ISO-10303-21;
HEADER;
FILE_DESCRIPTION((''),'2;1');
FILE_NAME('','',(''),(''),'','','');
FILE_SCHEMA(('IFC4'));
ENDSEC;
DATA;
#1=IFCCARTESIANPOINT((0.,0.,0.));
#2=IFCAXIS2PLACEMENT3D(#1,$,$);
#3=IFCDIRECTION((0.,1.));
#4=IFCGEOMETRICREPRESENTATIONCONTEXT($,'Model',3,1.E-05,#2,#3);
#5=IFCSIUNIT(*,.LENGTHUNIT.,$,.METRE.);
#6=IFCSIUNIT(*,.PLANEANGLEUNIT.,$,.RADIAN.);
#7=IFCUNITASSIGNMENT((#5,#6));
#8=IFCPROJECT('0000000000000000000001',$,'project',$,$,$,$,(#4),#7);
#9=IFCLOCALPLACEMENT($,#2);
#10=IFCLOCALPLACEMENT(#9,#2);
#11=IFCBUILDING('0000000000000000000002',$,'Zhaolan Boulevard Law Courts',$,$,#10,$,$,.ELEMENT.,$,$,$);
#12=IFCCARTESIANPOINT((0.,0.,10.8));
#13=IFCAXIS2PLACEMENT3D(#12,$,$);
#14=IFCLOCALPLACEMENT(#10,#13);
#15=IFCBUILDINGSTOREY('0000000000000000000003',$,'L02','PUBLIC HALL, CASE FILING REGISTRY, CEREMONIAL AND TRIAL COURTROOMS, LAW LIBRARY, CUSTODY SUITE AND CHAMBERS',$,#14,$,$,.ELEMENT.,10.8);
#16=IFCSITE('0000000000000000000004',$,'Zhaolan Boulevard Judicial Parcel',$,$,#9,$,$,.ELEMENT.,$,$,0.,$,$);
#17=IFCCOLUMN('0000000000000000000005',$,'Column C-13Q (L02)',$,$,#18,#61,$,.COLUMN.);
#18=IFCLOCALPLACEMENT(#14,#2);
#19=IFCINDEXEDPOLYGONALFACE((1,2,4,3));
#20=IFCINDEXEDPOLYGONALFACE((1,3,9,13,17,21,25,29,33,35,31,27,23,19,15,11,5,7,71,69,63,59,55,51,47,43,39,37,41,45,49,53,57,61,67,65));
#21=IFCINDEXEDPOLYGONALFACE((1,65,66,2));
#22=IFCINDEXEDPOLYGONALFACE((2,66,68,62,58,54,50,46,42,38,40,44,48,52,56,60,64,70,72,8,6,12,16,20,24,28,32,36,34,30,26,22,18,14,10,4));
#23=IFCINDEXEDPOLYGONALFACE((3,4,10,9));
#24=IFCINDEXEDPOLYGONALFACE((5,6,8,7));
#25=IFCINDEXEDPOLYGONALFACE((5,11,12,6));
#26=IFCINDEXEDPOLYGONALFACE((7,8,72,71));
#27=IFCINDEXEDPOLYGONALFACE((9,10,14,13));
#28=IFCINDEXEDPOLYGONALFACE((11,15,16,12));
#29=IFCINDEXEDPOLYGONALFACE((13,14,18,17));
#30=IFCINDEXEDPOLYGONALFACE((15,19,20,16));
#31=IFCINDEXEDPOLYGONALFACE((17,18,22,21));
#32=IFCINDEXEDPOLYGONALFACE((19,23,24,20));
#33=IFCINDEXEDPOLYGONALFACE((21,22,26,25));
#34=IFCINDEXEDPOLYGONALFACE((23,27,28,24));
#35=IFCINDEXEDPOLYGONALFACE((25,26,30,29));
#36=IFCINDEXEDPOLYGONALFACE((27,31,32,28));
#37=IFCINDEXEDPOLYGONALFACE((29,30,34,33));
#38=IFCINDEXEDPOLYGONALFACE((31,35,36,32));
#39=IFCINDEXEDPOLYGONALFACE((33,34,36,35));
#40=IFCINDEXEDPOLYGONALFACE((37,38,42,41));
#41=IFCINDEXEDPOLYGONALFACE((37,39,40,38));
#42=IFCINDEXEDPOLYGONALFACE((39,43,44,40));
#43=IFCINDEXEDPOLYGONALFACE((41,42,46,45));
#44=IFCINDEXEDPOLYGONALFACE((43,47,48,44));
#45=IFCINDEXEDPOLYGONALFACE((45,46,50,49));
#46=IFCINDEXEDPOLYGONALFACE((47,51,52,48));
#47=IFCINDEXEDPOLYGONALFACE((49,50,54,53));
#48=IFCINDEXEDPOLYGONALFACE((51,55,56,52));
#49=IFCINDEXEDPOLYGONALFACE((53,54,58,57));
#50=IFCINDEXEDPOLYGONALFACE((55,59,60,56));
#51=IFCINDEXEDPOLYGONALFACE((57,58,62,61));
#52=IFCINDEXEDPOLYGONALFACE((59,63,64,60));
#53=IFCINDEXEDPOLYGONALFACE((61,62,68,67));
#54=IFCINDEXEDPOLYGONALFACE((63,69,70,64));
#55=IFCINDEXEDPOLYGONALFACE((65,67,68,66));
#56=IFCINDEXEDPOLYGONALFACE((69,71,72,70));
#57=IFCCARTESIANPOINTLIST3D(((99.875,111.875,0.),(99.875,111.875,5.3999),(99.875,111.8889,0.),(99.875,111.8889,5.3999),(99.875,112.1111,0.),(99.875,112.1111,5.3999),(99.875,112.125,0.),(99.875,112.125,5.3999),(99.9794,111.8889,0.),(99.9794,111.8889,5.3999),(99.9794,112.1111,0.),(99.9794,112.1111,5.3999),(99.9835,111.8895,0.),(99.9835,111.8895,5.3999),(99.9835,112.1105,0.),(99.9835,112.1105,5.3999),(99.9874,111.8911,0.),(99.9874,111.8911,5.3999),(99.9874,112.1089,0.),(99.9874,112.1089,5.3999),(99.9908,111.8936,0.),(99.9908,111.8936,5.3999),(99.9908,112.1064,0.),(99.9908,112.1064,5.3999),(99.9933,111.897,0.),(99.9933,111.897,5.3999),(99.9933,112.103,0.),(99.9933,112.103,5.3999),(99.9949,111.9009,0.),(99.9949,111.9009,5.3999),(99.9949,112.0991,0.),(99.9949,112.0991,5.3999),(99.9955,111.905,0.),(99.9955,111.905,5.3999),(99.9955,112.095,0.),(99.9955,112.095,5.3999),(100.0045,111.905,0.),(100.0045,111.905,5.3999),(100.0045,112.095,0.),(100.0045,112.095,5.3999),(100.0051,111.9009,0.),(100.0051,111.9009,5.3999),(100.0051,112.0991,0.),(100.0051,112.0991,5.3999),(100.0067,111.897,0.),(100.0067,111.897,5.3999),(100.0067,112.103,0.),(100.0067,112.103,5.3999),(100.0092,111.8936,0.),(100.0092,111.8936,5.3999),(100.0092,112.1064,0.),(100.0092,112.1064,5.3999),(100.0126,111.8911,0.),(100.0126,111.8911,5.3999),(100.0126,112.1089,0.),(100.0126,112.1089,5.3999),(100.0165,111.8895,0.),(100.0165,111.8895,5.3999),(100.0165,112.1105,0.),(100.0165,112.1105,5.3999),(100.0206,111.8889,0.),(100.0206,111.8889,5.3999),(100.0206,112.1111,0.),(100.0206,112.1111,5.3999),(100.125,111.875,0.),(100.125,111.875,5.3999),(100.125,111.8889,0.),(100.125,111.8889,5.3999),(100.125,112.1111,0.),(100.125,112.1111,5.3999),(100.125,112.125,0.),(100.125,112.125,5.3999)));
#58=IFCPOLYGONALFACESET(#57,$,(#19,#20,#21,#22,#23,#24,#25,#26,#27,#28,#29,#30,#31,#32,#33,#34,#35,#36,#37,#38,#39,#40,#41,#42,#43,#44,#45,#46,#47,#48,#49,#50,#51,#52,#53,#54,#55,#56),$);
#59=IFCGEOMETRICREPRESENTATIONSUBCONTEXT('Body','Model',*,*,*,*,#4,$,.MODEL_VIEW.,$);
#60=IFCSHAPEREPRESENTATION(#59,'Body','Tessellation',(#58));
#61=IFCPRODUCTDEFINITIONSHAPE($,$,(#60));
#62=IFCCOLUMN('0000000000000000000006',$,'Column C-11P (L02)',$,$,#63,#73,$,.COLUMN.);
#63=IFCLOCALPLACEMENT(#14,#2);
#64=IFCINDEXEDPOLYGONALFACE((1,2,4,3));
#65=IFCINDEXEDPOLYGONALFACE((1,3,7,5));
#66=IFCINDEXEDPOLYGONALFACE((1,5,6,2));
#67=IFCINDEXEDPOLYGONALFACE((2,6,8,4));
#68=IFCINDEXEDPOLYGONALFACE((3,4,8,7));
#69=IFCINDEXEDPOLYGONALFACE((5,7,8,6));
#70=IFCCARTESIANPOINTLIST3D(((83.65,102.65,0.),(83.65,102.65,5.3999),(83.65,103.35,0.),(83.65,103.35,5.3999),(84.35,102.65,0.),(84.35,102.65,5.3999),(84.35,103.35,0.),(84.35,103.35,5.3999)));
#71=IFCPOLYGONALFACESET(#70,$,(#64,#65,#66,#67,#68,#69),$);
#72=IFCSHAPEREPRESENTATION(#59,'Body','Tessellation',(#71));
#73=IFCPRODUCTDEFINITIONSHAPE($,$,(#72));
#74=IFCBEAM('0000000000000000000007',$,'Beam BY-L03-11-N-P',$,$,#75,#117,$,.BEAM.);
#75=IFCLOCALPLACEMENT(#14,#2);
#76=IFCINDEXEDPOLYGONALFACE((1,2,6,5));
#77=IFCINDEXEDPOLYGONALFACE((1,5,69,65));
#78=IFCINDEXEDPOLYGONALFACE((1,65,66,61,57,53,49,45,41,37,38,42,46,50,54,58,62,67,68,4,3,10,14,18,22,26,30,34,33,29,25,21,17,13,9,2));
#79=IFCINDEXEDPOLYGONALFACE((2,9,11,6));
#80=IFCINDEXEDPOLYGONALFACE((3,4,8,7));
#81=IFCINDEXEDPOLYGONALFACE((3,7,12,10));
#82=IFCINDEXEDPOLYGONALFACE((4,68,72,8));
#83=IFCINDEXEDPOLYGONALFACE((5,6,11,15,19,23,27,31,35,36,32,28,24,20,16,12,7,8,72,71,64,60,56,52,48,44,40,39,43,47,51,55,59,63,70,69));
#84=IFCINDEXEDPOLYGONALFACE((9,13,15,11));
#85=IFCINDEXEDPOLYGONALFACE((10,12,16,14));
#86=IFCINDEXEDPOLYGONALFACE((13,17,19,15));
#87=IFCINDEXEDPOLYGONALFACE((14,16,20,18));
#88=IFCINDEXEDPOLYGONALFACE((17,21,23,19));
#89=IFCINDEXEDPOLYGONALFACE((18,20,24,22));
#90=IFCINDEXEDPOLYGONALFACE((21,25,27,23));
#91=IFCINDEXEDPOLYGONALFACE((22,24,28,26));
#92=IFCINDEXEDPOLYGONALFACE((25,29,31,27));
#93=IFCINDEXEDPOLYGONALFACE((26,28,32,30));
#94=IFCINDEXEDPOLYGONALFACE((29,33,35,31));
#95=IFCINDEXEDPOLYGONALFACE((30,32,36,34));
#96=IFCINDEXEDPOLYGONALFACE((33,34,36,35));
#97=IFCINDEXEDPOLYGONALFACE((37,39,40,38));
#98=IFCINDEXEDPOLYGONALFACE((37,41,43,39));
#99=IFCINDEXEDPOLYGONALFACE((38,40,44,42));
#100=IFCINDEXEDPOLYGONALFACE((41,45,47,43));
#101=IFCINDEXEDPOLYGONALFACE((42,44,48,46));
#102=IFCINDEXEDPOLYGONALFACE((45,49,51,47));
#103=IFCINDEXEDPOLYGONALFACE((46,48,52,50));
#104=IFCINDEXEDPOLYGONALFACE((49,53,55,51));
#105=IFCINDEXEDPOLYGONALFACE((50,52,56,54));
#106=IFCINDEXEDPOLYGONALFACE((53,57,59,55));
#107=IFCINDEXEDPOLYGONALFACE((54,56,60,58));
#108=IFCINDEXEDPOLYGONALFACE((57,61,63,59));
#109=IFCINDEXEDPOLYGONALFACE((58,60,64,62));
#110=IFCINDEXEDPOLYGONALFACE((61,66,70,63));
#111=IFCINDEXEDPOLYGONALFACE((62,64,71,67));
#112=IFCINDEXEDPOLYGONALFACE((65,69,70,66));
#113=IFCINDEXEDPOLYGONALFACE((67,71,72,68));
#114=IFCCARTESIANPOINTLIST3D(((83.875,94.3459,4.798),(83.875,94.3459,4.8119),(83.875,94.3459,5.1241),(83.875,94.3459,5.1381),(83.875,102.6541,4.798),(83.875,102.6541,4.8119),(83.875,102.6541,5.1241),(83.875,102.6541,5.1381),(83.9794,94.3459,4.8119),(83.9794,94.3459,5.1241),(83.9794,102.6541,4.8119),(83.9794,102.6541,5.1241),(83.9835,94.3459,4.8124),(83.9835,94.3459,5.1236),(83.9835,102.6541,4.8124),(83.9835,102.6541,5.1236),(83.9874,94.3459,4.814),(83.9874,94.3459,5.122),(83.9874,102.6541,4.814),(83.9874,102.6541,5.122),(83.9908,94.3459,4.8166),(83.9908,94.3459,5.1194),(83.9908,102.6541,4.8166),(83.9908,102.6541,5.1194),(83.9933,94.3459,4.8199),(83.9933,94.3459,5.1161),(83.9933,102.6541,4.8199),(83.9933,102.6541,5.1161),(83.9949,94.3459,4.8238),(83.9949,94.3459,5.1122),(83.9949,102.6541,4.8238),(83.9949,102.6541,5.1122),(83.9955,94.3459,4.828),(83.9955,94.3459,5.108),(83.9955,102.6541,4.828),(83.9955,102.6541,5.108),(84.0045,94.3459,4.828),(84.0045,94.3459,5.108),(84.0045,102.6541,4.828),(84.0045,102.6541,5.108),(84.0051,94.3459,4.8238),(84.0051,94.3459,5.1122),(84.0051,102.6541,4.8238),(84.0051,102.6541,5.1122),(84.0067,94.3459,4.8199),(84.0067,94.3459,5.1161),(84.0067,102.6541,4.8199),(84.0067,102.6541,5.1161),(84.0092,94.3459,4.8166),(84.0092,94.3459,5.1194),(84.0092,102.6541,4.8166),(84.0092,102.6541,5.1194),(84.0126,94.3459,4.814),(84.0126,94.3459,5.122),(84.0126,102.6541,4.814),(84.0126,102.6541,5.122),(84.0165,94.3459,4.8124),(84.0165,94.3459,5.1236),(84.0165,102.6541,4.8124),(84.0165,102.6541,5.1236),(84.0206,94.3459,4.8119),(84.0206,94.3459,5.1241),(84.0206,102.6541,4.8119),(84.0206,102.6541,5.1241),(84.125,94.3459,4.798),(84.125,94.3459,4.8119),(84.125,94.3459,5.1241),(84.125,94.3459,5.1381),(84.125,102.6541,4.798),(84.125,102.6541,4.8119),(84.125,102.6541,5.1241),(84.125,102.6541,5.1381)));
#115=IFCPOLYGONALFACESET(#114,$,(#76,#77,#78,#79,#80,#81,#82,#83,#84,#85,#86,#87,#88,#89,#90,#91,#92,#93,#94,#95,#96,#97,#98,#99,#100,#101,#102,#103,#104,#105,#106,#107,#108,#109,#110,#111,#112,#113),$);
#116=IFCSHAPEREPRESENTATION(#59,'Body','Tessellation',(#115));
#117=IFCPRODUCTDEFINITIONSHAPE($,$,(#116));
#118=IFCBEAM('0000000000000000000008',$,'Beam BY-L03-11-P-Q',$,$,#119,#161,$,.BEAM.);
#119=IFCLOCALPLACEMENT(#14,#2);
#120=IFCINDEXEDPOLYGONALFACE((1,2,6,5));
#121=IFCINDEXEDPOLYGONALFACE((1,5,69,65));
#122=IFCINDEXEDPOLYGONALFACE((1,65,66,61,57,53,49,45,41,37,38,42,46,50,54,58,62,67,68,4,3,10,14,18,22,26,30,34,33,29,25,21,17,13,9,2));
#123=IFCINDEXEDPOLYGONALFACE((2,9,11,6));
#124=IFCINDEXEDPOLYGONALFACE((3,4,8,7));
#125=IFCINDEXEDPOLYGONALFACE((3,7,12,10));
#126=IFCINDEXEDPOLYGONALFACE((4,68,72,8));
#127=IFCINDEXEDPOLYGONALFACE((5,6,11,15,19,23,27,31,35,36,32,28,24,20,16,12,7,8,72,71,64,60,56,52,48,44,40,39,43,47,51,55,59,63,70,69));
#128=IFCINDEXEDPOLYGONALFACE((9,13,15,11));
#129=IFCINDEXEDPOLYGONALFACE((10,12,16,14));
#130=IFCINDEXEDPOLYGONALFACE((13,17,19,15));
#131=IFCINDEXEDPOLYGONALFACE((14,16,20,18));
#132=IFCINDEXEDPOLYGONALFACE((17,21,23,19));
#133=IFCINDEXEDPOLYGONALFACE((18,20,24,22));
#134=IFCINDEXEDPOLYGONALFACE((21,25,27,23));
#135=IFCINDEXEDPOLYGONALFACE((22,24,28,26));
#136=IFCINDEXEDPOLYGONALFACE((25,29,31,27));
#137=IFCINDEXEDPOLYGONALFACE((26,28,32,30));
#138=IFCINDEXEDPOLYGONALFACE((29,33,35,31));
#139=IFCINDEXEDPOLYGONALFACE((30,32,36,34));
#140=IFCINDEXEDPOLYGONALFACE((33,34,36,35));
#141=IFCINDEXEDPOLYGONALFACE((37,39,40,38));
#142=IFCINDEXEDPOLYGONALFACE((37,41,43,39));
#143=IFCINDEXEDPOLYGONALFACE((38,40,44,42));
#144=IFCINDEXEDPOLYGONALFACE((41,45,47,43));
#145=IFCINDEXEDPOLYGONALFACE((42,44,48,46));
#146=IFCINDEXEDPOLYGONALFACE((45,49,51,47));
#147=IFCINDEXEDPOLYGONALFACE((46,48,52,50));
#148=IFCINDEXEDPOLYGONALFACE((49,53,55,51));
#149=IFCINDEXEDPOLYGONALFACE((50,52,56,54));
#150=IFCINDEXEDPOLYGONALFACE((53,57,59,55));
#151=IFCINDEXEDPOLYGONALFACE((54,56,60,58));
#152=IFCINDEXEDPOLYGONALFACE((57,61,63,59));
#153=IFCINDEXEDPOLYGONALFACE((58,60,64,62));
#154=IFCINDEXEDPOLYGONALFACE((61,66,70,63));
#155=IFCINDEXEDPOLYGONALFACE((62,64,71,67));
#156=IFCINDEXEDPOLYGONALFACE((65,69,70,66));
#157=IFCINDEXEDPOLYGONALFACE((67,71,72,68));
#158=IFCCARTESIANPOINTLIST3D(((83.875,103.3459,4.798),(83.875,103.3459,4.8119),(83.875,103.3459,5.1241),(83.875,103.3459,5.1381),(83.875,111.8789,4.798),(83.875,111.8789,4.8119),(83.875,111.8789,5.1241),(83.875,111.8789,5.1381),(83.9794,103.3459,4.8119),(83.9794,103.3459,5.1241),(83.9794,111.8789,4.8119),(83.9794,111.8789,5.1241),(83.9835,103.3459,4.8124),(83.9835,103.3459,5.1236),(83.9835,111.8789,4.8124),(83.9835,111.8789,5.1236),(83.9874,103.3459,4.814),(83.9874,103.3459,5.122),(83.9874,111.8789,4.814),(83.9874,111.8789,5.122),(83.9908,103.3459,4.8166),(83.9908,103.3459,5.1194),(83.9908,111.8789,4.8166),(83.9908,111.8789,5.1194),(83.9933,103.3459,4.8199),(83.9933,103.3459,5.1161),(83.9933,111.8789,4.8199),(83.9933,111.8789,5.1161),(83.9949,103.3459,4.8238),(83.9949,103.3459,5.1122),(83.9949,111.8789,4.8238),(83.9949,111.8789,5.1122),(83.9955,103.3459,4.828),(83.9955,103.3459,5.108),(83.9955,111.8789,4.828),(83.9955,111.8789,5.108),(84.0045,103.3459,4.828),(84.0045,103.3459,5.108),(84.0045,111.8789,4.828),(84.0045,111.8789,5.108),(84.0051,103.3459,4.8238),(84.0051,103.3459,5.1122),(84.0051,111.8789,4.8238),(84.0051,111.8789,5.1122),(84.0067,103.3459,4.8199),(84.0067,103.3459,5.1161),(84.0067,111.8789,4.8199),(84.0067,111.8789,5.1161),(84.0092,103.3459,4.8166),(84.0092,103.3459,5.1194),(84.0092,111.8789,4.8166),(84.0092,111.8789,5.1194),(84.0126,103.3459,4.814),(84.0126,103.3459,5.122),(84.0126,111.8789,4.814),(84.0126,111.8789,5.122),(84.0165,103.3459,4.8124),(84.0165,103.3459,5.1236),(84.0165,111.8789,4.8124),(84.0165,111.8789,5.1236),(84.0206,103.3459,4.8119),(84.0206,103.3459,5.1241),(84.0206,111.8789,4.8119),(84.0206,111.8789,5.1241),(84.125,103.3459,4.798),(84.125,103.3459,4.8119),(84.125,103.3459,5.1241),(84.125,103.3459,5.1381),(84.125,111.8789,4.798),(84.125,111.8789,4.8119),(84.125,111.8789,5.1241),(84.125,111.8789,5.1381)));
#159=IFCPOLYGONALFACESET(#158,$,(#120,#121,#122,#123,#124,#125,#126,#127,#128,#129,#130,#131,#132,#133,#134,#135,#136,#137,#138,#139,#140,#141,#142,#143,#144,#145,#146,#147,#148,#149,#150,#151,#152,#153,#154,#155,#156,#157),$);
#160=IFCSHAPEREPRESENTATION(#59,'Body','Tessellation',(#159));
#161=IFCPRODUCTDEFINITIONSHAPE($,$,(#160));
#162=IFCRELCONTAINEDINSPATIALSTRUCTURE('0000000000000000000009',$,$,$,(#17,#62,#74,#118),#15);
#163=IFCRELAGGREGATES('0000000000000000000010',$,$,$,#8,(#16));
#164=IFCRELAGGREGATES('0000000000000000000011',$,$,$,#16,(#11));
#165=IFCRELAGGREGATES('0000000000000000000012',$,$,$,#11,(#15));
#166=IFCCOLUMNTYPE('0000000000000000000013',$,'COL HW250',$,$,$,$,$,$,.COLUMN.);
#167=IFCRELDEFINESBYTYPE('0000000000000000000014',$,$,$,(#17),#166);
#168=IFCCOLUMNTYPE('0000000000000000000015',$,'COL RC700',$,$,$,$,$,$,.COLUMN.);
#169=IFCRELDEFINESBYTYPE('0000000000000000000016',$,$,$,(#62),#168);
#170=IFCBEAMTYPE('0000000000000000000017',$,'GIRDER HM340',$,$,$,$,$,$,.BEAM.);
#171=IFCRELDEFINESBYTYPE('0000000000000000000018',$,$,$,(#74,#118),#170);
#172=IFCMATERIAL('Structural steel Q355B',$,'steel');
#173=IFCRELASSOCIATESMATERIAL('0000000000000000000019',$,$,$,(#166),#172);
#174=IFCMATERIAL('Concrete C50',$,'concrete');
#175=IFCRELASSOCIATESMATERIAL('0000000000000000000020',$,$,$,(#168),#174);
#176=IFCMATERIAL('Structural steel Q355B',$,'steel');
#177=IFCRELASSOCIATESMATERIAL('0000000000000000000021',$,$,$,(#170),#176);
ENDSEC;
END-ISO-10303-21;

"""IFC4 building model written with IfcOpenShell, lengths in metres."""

from ifc_helpers import new_model, si_unit, direction, frame, origin, origin_2d, place, context, subcontext, project, spatial, rectangle, i_section, extrude, material, material_profile, profile_set, type_object, element, save


model = new_model("IFC4")

# Units and contexts
model_context = context("Model", 3, precision=1e-05, world=origin(), true_north=direction((0.0, 1.0)))
body_context = subcontext(model_context, "Body", "Model", "MODEL_VIEW")
ifc_project = project(units=[si_unit("LENGTHUNIT", "METRE"), si_unit("PLANEANGLEUNIT", "RADIAN")], contexts=[model_context])

# Site, building, storey
site_placement = place(None, origin())
site = spatial("IfcSite", under=ifc_project, at=site_placement, Name="Zhaolan Boulevard Judicial Parcel", CompositionType="ELEMENT", RefElevation=0.0)
building_placement = place(site_placement, origin())
building = spatial("IfcBuilding", under=site, at=building_placement, Name="Zhaolan Boulevard Law Courts", CompositionType="ELEMENT")
storey_placement = place(building_placement, frame((0.0, 0.0, 10.8)))
storey = spatial("IfcBuildingStorey", under=building, at=storey_placement, Name="L02", Description="PUBLIC HALL, CASE FILING REGISTRY, CEREMONIAL AND TRIAL COURTROOMS, LAW LIBRARY, CUSTODY SUITE AND CHAMBERS", CompositionType="ELEMENT", Elevation=10.8)

# Columns
ifc_material_1 = material(Name="Structural steel Q355B", Category="steel")
ifc_material_profile_1 = material_profile(ifc_material_1, i_section(OverallWidth=0.25, OverallDepth=0.25, WebThickness=0.009, FlangeThickness=0.0139, FilletRadius=0.0161, at=origin_2d()), Name="HW250x250")
ifc_profile_set_1 = profile_set([ifc_material_profile_1], Name="Structural steel Q355B")
column_type_1 = type_object("IfcColumnType", Name="COL HW250", PredefinedType="COLUMN", material=ifc_profile_set_1)
for number, where, z_axis, x_axis, name in (
    (1, (100.0, 112.0, 0.0), (0.0, 0.0, 1.0), (1.0, 0.0, 0.0), "Column C-13Q (L02)"),
):
    element("IfcColumn", number, at=place(storey_placement, frame(where, z_axis=z_axis, x_axis=x_axis)), inside=storey, type_object=column_type_1, Name=name, PredefinedType="COLUMN", context=body_context, shape_type="SweptSolid", body=[
        extrude(i_section(OverallWidth=0.25, OverallDepth=0.25, WebThickness=0.009, FlangeThickness=0.0139, FilletRadius=0.0161, at=origin_2d()), origin(), (0.0, 0.0, 1.0), 5.3999),
    ])
ifc_material_2 = material(Name="Concrete C50", Category="concrete")
ifc_material_profile_2 = material_profile(ifc_material_2, rectangle(XDim=0.7, YDim=0.7, at=origin_2d()), Name="RC700x700")
ifc_profile_set_2 = profile_set([ifc_material_profile_2], Name="Concrete C50")
column_type_2 = type_object("IfcColumnType", Name="COL RC700", PredefinedType="COLUMN", material=ifc_profile_set_2)
column_placement = place(storey_placement, frame((84.0, 103.0, 0.0), z_axis=(0.0, 0.0, 1.0), x_axis=(1.0, 0.0, 0.0)))
element("IfcColumn", 2, at=column_placement, inside=storey, type_object=column_type_2, Name="Column C-11P (L02)", PredefinedType="COLUMN", context=body_context, shape_type="SweptSolid", body=[
    extrude(rectangle(XDim=0.7, YDim=0.7, at=origin_2d()), origin(), (0.0, 0.0, 1.0), 5.3999),
])

# Beams
ifc_material_3 = material(Name="Structural steel Q355B", Category="steel")
ifc_material_profile_3 = material_profile(ifc_material_3, i_section(OverallWidth=0.25, OverallDepth=0.3401, WebThickness=0.009, FlangeThickness=0.0139, FilletRadius=0.0161, at=origin_2d()), Name="HM340x250")
ifc_profile_set_3 = profile_set([ifc_material_profile_3], Name="Structural steel Q355B")
beam_type_1 = type_object("IfcBeamType", Name="GIRDER HM340", PredefinedType="BEAM", material=ifc_profile_set_3)
beam_1_placement = place(storey_placement, frame((84.0, 94.3459, 4.968), z_axis=(0.0, 1.0, 0.0), x_axis=(-1.0, 0.0, 0.0)))
element("IfcBeam", 3, at=beam_1_placement, inside=storey, type_object=beam_type_1, Name="Beam BY-L03-11-N-P", PredefinedType="BEAM", context=body_context, shape_type="SweptSolid", body=[
    extrude(i_section(OverallWidth=0.25, OverallDepth=0.3401, WebThickness=0.009, FlangeThickness=0.0139, FilletRadius=0.0161, at=origin_2d()), origin(), (0.0, 0.0, 1.0), 8.3081),
])
beam_2_placement = place(storey_placement, frame((84.0, 103.3459, 4.968), z_axis=(0.0, 1.0, 0.0), x_axis=(-1.0, 0.0, 0.0)))
element("IfcBeam", 4, at=beam_2_placement, inside=storey, type_object=beam_type_1, Name="Beam BY-L03-11-P-Q", PredefinedType="BEAM", context=body_context, shape_type="SweptSolid", body=[
    extrude(i_section(OverallWidth=0.25, OverallDepth=0.3401, WebThickness=0.009, FlangeThickness=0.0139, FilletRadius=0.0161, at=origin_2d()), origin(), (0.0, 0.0, 1.0), 8.533),
])

save(model, "model.ifc")
